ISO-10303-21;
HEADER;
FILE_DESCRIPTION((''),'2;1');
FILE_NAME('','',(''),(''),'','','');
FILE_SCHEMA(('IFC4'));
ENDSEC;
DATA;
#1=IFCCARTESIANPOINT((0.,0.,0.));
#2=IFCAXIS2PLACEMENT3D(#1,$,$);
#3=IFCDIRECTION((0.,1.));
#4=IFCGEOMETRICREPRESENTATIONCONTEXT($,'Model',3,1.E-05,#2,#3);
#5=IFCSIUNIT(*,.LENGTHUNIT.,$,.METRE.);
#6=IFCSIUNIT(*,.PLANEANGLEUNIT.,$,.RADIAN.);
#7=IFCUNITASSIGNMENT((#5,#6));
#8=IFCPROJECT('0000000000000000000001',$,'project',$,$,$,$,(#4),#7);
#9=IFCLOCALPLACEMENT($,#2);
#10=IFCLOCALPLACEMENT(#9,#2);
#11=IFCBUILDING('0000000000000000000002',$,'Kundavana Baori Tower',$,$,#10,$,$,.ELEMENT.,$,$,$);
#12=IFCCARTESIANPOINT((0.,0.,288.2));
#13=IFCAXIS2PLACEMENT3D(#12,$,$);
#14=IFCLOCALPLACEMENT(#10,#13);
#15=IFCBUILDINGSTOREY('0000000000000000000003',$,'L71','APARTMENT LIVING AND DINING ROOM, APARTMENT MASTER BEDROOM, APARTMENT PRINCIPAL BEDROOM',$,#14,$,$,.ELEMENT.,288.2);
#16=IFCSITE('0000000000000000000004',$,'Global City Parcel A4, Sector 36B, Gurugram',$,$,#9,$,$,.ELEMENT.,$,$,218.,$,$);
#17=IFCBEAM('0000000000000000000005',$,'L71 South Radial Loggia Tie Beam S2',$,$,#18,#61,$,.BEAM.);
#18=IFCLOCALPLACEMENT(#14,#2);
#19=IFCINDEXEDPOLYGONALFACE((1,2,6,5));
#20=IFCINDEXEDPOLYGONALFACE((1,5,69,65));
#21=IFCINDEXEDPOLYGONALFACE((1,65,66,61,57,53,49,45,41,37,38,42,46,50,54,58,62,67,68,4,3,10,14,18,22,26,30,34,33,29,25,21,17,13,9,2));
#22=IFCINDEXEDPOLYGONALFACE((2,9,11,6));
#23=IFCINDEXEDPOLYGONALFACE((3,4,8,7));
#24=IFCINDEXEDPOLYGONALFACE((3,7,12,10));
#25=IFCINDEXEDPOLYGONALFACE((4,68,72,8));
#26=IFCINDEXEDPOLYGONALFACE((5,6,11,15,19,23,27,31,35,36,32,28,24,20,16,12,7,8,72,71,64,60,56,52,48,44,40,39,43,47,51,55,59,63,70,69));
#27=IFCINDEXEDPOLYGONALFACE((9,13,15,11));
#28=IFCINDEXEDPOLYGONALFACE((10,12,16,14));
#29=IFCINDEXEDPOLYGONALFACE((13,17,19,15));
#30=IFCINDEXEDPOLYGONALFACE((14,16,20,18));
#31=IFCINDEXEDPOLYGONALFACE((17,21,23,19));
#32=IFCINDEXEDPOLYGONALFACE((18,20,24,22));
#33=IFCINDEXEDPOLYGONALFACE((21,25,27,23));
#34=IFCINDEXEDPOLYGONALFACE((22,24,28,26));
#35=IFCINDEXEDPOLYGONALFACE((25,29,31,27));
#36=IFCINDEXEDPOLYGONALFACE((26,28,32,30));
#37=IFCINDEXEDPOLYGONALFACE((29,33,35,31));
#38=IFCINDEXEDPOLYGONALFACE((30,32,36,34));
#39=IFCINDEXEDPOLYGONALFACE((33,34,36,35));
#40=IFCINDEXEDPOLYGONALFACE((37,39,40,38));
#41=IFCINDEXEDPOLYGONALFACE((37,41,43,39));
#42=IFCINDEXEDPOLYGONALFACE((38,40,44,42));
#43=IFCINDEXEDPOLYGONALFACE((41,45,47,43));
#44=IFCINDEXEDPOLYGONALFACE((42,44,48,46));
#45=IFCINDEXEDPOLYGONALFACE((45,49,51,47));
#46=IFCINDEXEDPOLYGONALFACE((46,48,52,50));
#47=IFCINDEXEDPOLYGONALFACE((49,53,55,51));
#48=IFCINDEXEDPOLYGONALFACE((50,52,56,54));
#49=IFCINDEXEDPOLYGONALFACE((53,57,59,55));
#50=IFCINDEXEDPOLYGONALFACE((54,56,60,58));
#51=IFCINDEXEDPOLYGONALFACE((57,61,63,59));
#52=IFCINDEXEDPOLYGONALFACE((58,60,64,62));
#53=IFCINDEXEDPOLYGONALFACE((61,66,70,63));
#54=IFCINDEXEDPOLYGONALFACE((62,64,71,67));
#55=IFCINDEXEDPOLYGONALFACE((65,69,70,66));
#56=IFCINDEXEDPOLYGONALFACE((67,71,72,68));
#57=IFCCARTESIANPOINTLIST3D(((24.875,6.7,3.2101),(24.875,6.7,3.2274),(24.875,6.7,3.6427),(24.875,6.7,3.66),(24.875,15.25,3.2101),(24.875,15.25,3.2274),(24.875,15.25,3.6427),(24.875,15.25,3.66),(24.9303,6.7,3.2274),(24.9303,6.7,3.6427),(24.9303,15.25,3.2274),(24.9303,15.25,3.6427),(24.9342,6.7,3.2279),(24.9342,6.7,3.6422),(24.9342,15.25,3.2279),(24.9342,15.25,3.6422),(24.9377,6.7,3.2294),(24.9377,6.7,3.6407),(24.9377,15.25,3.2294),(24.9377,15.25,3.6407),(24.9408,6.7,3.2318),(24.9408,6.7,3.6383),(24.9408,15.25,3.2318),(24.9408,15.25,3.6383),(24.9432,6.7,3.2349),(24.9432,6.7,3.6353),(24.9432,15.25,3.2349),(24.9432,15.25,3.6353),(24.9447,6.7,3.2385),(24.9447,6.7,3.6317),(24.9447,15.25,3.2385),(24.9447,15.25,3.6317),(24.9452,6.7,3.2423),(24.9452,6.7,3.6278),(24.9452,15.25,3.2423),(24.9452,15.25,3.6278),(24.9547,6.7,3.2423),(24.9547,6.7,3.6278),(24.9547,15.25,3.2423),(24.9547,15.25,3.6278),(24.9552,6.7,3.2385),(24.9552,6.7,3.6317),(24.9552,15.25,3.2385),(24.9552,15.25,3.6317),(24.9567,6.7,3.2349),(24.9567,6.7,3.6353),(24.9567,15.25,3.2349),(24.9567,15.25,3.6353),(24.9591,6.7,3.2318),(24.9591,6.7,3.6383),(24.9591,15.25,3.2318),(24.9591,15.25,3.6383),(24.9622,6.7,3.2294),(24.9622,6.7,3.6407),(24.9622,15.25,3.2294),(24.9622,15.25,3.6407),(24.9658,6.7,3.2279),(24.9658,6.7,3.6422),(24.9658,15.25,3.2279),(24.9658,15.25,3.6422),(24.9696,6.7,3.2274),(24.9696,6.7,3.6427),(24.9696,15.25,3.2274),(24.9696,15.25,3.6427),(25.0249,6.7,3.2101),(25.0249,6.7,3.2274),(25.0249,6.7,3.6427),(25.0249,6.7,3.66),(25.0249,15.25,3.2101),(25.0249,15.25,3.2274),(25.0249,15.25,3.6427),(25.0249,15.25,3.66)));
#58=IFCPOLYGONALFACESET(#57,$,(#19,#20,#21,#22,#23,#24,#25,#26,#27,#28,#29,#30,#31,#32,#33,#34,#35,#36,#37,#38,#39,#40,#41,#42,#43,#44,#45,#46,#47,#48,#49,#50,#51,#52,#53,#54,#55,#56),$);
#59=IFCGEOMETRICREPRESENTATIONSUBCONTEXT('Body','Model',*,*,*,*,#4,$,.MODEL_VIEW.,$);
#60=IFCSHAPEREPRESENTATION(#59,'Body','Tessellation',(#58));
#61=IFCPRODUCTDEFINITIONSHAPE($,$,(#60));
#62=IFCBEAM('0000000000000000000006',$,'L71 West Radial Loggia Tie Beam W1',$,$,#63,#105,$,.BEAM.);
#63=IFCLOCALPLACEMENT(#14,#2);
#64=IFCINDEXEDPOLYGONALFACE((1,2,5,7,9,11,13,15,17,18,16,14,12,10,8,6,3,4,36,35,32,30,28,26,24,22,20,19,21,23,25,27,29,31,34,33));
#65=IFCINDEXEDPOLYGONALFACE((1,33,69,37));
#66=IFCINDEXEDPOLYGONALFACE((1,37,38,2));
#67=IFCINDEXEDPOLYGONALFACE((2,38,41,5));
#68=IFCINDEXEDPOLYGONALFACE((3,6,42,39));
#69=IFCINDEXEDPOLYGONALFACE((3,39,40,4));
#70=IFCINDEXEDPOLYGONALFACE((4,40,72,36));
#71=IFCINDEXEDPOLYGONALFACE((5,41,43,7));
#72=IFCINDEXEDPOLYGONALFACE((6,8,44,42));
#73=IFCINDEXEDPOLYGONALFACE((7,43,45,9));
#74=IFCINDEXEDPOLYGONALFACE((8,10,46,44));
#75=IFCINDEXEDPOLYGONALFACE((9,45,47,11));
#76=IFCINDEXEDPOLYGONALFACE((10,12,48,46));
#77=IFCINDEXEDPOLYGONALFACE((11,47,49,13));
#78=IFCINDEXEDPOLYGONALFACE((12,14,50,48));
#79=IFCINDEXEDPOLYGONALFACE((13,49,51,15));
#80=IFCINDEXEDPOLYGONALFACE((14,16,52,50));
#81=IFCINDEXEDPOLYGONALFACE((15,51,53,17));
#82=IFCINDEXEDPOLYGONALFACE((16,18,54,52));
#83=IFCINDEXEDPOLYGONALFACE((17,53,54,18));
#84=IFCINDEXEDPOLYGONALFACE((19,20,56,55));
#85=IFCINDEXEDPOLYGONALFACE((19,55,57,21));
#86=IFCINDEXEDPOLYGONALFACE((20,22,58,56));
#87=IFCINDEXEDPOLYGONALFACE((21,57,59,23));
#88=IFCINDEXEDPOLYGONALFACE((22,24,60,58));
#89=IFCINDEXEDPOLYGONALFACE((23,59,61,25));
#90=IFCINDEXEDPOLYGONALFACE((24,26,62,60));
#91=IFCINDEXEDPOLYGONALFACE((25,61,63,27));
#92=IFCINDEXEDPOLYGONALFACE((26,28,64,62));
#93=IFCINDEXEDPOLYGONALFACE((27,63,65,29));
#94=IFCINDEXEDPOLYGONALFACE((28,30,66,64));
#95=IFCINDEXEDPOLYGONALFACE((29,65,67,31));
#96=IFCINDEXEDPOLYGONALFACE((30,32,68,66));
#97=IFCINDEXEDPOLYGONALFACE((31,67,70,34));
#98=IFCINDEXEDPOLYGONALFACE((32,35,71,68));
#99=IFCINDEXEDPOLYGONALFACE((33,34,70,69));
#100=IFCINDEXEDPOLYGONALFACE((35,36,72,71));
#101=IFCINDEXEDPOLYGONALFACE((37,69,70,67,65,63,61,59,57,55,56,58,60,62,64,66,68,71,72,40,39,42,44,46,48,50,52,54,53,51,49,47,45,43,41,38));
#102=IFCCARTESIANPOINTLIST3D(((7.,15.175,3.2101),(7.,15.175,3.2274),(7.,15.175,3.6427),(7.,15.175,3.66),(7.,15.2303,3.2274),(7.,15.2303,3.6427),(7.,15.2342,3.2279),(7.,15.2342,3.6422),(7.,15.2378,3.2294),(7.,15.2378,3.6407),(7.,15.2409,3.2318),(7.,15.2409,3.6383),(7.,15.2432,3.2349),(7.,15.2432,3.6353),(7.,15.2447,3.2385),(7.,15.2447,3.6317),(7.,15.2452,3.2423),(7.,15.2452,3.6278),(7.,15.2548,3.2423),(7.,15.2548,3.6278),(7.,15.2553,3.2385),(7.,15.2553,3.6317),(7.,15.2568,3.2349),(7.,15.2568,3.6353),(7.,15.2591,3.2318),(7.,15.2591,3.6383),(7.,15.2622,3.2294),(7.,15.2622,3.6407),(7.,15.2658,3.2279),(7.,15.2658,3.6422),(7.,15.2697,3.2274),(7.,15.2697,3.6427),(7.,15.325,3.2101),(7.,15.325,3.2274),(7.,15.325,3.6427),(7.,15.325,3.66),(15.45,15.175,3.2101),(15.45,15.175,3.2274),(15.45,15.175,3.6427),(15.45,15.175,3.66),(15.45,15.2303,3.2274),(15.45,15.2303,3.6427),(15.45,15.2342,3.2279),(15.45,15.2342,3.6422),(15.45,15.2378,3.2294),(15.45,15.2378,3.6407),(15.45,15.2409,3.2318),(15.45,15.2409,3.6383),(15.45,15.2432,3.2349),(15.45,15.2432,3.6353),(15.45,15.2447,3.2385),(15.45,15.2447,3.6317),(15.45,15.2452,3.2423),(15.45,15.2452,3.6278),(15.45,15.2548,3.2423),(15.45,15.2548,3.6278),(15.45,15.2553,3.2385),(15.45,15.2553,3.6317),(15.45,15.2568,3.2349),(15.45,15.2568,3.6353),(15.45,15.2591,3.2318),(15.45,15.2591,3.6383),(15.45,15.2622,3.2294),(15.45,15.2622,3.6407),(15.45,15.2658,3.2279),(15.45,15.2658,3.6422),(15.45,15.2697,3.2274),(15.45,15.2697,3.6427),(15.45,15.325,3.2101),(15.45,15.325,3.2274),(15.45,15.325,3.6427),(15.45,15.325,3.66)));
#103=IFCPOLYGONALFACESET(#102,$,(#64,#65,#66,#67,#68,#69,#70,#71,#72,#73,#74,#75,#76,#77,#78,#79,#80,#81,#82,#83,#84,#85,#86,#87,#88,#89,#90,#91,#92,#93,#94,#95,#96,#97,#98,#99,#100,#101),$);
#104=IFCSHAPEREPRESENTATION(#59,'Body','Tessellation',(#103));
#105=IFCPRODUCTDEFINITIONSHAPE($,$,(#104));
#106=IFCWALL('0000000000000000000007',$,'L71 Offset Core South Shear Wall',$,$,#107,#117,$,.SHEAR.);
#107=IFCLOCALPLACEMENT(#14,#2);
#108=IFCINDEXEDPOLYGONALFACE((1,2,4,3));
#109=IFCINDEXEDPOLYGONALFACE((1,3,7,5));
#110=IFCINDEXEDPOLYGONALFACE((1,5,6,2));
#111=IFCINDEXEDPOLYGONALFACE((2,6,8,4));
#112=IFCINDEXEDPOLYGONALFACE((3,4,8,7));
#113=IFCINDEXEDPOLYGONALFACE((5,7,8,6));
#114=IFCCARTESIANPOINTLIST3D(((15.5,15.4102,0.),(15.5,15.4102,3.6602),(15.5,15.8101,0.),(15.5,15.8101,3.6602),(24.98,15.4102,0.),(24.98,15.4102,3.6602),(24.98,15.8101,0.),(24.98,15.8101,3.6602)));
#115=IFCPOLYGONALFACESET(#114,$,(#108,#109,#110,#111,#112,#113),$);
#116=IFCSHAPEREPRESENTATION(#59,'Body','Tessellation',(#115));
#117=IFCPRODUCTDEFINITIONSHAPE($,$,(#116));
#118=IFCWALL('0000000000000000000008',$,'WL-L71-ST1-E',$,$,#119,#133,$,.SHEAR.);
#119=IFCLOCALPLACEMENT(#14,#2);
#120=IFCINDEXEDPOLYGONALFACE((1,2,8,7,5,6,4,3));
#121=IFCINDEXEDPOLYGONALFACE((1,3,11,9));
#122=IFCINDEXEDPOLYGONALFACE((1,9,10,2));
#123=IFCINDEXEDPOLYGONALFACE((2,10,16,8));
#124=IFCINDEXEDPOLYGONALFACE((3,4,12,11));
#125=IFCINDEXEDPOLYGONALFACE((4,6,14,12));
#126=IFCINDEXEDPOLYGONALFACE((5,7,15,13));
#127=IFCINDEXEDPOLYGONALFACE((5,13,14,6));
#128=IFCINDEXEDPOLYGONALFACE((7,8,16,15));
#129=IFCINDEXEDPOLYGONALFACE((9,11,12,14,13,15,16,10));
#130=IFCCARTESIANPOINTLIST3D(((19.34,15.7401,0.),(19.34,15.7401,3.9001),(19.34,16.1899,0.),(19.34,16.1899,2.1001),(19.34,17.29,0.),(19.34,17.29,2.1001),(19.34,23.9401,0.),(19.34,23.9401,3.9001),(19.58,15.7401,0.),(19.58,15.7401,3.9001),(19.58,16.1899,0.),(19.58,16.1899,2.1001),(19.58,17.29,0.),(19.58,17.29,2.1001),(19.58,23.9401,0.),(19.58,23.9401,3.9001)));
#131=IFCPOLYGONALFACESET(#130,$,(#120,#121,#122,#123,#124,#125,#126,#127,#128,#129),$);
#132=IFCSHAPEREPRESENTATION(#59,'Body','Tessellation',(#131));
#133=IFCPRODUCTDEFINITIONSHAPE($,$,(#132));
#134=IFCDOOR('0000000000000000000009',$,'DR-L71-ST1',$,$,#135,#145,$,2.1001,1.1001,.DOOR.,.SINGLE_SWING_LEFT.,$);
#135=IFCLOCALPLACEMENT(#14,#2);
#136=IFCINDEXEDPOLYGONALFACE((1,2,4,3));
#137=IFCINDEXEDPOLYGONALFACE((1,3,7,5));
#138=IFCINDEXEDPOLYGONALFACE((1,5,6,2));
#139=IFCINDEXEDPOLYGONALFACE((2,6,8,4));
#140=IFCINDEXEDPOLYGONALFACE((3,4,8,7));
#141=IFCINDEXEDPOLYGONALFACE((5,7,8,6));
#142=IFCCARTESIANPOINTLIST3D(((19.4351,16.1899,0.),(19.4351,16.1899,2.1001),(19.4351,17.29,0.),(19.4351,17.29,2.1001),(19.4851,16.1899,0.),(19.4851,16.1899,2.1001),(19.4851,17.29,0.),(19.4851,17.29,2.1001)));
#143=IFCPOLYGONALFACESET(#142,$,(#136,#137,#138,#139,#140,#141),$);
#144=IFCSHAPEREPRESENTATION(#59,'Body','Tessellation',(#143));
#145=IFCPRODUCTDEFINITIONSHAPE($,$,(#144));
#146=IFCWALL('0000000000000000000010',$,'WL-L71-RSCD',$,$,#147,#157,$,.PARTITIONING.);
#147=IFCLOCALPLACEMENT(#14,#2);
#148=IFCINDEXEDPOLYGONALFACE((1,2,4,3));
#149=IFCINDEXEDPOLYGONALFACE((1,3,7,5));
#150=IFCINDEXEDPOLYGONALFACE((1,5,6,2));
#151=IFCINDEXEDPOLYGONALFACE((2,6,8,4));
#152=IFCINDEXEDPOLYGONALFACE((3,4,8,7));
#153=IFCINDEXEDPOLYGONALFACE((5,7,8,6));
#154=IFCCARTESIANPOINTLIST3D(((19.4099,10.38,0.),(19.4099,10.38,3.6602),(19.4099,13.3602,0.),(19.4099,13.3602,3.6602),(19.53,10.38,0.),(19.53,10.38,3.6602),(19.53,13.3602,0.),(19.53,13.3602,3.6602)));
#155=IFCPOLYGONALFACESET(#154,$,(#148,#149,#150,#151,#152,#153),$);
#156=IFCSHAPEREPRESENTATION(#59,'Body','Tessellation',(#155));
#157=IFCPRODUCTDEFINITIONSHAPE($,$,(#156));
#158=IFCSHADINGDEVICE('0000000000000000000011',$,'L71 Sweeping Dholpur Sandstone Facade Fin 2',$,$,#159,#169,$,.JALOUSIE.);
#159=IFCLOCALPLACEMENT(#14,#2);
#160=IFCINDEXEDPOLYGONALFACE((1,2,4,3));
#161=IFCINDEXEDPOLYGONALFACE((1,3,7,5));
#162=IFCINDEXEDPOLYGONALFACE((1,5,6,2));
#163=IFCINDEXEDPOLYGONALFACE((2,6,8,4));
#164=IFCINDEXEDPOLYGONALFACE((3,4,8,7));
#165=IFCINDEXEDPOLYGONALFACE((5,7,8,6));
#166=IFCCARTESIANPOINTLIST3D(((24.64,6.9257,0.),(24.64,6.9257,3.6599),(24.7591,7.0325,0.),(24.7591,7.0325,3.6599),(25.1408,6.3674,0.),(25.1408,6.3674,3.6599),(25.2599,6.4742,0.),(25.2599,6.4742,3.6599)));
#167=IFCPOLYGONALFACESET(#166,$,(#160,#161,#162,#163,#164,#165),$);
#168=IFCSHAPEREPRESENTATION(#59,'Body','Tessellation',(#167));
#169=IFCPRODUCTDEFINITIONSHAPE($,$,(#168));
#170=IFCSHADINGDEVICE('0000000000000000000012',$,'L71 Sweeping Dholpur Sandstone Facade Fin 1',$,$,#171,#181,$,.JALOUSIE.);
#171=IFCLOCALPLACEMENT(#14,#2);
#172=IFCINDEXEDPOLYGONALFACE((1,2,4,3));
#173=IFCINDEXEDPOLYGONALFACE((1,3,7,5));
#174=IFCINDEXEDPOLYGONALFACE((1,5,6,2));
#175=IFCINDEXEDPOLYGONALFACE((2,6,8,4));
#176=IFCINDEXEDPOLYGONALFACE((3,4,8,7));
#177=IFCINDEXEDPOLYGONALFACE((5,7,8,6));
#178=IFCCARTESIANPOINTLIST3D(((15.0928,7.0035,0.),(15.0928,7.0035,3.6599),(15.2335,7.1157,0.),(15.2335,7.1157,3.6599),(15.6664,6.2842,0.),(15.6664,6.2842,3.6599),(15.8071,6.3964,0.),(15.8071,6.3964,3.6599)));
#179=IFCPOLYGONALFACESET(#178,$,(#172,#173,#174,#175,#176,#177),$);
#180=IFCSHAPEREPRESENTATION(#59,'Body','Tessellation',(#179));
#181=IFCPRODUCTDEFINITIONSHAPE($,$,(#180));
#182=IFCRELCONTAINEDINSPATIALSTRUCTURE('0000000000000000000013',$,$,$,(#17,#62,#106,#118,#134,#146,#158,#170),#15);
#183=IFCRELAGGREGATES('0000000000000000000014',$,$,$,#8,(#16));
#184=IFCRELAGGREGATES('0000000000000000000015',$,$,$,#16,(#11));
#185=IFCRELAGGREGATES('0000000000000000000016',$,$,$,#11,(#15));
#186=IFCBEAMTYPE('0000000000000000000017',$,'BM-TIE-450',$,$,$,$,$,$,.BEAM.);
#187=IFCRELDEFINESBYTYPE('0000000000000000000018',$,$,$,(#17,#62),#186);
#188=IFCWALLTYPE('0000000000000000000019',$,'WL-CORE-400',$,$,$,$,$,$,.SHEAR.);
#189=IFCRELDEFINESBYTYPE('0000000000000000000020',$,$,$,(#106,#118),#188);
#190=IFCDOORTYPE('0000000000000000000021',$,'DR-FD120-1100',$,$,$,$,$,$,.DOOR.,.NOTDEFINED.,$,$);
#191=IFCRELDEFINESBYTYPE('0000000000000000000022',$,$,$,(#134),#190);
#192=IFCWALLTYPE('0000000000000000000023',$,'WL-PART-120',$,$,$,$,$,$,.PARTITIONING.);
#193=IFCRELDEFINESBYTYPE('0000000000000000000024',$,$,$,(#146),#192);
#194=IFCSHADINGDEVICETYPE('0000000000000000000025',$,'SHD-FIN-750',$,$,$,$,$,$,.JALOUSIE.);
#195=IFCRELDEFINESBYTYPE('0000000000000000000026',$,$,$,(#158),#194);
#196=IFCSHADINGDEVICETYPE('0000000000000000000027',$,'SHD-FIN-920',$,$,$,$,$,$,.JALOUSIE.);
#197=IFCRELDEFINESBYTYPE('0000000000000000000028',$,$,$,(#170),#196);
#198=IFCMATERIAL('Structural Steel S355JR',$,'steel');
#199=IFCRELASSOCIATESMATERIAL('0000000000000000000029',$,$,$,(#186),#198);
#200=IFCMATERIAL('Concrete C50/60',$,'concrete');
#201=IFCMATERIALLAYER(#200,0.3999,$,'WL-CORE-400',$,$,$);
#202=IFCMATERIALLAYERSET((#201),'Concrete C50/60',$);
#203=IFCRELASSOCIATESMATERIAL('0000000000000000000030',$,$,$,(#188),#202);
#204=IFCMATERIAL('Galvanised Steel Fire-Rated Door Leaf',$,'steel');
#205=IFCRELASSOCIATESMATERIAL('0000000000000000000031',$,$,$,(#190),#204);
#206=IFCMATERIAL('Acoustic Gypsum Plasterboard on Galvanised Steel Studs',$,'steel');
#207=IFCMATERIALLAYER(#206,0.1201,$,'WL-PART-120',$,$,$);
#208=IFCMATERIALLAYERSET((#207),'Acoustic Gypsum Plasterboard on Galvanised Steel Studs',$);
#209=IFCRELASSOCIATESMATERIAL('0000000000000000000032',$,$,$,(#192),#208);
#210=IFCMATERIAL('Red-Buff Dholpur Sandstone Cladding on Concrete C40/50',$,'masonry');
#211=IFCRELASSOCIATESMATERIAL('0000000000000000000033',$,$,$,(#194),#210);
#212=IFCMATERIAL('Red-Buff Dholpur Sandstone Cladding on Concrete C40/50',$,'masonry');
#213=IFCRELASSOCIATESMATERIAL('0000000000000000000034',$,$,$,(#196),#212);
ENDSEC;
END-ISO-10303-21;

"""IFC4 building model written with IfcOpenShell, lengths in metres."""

from ifc_helpers import new_model, si_unit, direction, frame, frame_2d, origin, origin_2d, place, context, subcontext, project, spatial, rectangle, i_section, extrude, material, layer, layer_set, material_profile, profile_set, type_object, element, fill, save


model = new_model("IFC4")

# Units and contexts
model_context = context("Model", 3, precision=1e-05, world=origin(), true_north=direction((0.0, 1.0)))
body_context = subcontext(model_context, "Body", "Model", "MODEL_VIEW")
ifc_project = project(units=[si_unit("LENGTHUNIT", "METRE"), si_unit("PLANEANGLEUNIT", "RADIAN")], contexts=[model_context])

# Site, building, storey
site_placement = place(None, origin())
site = spatial("IfcSite", under=ifc_project, at=site_placement, Name="Global City Parcel A4, Sector 36B, Gurugram", CompositionType="ELEMENT", RefElevation=218.0)
building_placement = place(site_placement, origin())
building = spatial("IfcBuilding", under=site, at=building_placement, Name="Kundavana Baori Tower", CompositionType="ELEMENT")
storey_placement = place(building_placement, frame((0.0, 0.0, 288.2)))
storey = spatial("IfcBuildingStorey", under=building, at=storey_placement, Name="L71", Description="APARTMENT LIVING AND DINING ROOM, APARTMENT MASTER BEDROOM, APARTMENT PRINCIPAL BEDROOM", CompositionType="ELEMENT", Elevation=288.2)

# Beams
ifc_material_1 = material(Name="Structural Steel S355JR", Category="steel")
ifc_material_profile_1 = material_profile(ifc_material_1, i_section(OverallWidth=0.1499, OverallDepth=0.45, WebThickness=0.0095, FlangeThickness=0.0173, FilletRadius=0.0149, at=origin_2d()), Name="ISMB 450")
ifc_profile_set_1 = profile_set([ifc_material_profile_1], Name="Structural Steel S355JR")
beam_type_1 = type_object("IfcBeamType", Name="BM-TIE-450", PredefinedType="BEAM", material=ifc_profile_set_1)
for number, where, z_axis, x_axis, name in (
    (1, (24.95, 15.25, 3.4351), (0.0, -1.0, 0.0), (1.0, 0.0, 0.0), "L71 South Radial Loggia Tie Beam S2"),
):
    element("IfcBeam", number, at=place(storey_placement, frame(where, z_axis=z_axis, x_axis=x_axis)), inside=storey, type_object=beam_type_1, Name=name, PredefinedType="BEAM", context=body_context, shape_type="SweptSolid", body=[
        extrude(i_section(OverallWidth=0.1499, OverallDepth=0.45, WebThickness=0.0095, FlangeThickness=0.0173, FilletRadius=0.0149, at=origin_2d()), origin(), (0.0, 0.0, 1.0), 8.55),
    ])
beam_1_placement = place(storey_placement, frame((15.45, 15.25, 3.4351), z_axis=(-1.0, 0.0, 0.0), x_axis=(0.0, -1.0, 0.0)))
element("IfcBeam", 2, at=beam_1_placement, inside=storey, type_object=beam_type_1, Name="L71 West Radial Loggia Tie Beam W1", PredefinedType="BEAM", context=body_context, shape_type="SweptSolid", body=[
    extrude(i_section(OverallWidth=0.1499, OverallDepth=0.45, WebThickness=0.0095, FlangeThickness=0.0173, FilletRadius=0.0149, at=origin_2d()), origin(), (0.0, 0.0, 1.0), 8.45),
])

# Wall
ifc_material_2 = material(Name="Concrete C50/60", Category="concrete")
ifc_layer_1 = layer(ifc_material_2, 0.3999, Name="WL-CORE-400")
ifc_layer_set_1 = layer_set([ifc_layer_1], Name="Concrete C50/60")
wall_type_1 = type_object("IfcWallType", Name="WL-CORE-400", PredefinedType="SHEAR", material=ifc_layer_set_1)
wall_1_placement = place(storey_placement, frame((15.5, 15.6101, 0.0), z_axis=(0.0, 0.0, 1.0), x_axis=(1.0, 0.0, 0.0)))
element("IfcWall", 3, at=wall_1_placement, inside=storey, type_object=wall_type_1, Name="L71 Offset Core South Shear Wall", PredefinedType="SHEAR", context=body_context, shape_type="SweptSolid", body=[
    extrude(rectangle(XDim=9.48, YDim=0.3999, at=frame_2d((4.74, 0.0))), origin(), (0.0, 0.0, 1.0), 3.6602),
])

# Wall, opening, door
wall_2_placement = place(storey_placement, frame((19.46, 15.74, 0.0), z_axis=(0.0, 0.0, 1.0), x_axis=(0.0, 1.0, 0.0)))
wall_2 = element("IfcWall", 4, at=wall_2_placement, inside=storey, type_object=wall_type_1, Name="WL-L71-ST1-E", PredefinedType="SHEAR", context=body_context, shape_type="SweptSolid", body=[
    extrude(rectangle(XDim=8.2, YDim=0.24, at=frame_2d((4.1001, 0.0))), origin(), (0.0, 0.0, 1.0), 3.9001),
])
opening_placement = place(wall_2_placement, frame((0.45, 0.0, 0.0)))
opening = element("IfcOpeningElement", 5, at=opening_placement, cuts=wall_2, PredefinedType="OPENING", context=body_context, shape_type="SweptSolid", body=[
    extrude(rectangle(XDim=1.1001, YDim=2.1001, at=frame_2d((0.55, 1.05))), frame((0.0, 0.1299, 0.0), z_axis=(0.0, -1.0, 0.0), x_axis=(1.0, 0.0, 0.0)), (0.0, 0.0, 1.0), 0.26),
])
ifc_material_3 = material(Name="Galvanised Steel Fire-Rated Door Leaf", Category="steel")
door_type = type_object("IfcDoorType", Name="DR-FD120-1100", OperationType="NOTDEFINED", PredefinedType="DOOR", material=ifc_material_3)
door_placement = place(opening_placement, origin())
door = element("IfcDoor", 6, at=door_placement, inside=storey, type_object=door_type, Name="DR-L71-ST1", OperationType="SINGLE_SWING_LEFT", OverallHeight=2.1001, OverallWidth=1.1001, PredefinedType="DOOR", context=body_context, shape_type="SweptSolid", body=[
    extrude(rectangle(XDim=1.1001, YDim=2.1001, at=frame_2d((0.55, 1.05))), frame((0.0, 0.0249, 0.0), z_axis=(0.0, -1.0, 0.0), x_axis=(1.0, 0.0, 0.0)), (0.0, 0.0, 1.0), 0.05),
])
fill(opening, door)

# Wall
ifc_material_4 = material(Name="Acoustic Gypsum Plasterboard on Galvanised Steel Studs", Category="steel")
ifc_layer_2 = layer(ifc_material_4, 0.1201, Name="WL-PART-120")
ifc_layer_set_2 = layer_set([ifc_layer_2], Name="Acoustic Gypsum Plasterboard on Galvanised Steel Studs")
wall_type_2 = type_object("IfcWallType", Name="WL-PART-120", PredefinedType="PARTITIONING", material=ifc_layer_set_2)
wall_3_placement = place(storey_placement, frame((19.47, 10.3799, 0.0), z_axis=(0.0, 0.0, 1.0), x_axis=(0.0, 1.0, 0.0)))
element("IfcWall", 7, at=wall_3_placement, inside=storey, type_object=wall_type_2, Name="WL-L71-RSCD", PredefinedType="PARTITIONING", context=body_context, shape_type="SweptSolid", body=[
    extrude(rectangle(XDim=2.9802, YDim=0.1201, at=frame_2d((1.4902, 0.0))), origin(), (0.0, 0.0, 1.0), 3.6602),
])

# Shading devices
ifc_material_5 = material(Name="Red-Buff Dholpur Sandstone Cladding on Concrete C40/50", Category="masonry")
shading_device_type_1 = type_object("IfcShadingDeviceType", Name="SHD-FIN-750", PredefinedType="JALOUSIE", material=ifc_material_5)
shading_device_1_placement = place(storey_placement, frame((24.95, 6.7, 0.0), z_axis=(0.0, 0.0, 1.0), x_axis=(0.744428, 0.667703, 0.0)))
element("IfcShadingDevice", 8, at=shading_device_1_placement, inside=storey, type_object=shading_device_type_1, Name="L71 Sweeping Dholpur Sandstone Facade Fin 2", PredefinedType="JALOUSIE", context=body_context, shape_type="SweptSolid", body=[
    extrude(rectangle(XDim=0.1599, YDim=0.75, at=origin_2d()), origin(), (0.0, 0.0, 1.0), 3.6599),
])
ifc_material_6 = material(Name="Red-Buff Dholpur Sandstone Cladding on Concrete C40/50", Category="masonry")
shading_device_type_2 = type_object("IfcShadingDeviceType", Name="SHD-FIN-920", PredefinedType="JALOUSIE", material=ifc_material_6)
shading_device_2_placement = place(storey_placement, frame((15.45, 6.7, 0.0), z_axis=(0.0, 0.0, 1.0), x_axis=(0.781847, 0.62347, 0.0)))
element("IfcShadingDevice", 9, at=shading_device_2_placement, inside=storey, type_object=shading_device_type_2, Name="L71 Sweeping Dholpur Sandstone Facade Fin 1", PredefinedType="JALOUSIE", context=body_context, shape_type="SweptSolid", body=[
    extrude(rectangle(XDim=0.1799, YDim=0.9199, at=origin_2d()), origin(), (0.0, 0.0, 1.0), 3.6599),
])

save(model, "model.ifc")
